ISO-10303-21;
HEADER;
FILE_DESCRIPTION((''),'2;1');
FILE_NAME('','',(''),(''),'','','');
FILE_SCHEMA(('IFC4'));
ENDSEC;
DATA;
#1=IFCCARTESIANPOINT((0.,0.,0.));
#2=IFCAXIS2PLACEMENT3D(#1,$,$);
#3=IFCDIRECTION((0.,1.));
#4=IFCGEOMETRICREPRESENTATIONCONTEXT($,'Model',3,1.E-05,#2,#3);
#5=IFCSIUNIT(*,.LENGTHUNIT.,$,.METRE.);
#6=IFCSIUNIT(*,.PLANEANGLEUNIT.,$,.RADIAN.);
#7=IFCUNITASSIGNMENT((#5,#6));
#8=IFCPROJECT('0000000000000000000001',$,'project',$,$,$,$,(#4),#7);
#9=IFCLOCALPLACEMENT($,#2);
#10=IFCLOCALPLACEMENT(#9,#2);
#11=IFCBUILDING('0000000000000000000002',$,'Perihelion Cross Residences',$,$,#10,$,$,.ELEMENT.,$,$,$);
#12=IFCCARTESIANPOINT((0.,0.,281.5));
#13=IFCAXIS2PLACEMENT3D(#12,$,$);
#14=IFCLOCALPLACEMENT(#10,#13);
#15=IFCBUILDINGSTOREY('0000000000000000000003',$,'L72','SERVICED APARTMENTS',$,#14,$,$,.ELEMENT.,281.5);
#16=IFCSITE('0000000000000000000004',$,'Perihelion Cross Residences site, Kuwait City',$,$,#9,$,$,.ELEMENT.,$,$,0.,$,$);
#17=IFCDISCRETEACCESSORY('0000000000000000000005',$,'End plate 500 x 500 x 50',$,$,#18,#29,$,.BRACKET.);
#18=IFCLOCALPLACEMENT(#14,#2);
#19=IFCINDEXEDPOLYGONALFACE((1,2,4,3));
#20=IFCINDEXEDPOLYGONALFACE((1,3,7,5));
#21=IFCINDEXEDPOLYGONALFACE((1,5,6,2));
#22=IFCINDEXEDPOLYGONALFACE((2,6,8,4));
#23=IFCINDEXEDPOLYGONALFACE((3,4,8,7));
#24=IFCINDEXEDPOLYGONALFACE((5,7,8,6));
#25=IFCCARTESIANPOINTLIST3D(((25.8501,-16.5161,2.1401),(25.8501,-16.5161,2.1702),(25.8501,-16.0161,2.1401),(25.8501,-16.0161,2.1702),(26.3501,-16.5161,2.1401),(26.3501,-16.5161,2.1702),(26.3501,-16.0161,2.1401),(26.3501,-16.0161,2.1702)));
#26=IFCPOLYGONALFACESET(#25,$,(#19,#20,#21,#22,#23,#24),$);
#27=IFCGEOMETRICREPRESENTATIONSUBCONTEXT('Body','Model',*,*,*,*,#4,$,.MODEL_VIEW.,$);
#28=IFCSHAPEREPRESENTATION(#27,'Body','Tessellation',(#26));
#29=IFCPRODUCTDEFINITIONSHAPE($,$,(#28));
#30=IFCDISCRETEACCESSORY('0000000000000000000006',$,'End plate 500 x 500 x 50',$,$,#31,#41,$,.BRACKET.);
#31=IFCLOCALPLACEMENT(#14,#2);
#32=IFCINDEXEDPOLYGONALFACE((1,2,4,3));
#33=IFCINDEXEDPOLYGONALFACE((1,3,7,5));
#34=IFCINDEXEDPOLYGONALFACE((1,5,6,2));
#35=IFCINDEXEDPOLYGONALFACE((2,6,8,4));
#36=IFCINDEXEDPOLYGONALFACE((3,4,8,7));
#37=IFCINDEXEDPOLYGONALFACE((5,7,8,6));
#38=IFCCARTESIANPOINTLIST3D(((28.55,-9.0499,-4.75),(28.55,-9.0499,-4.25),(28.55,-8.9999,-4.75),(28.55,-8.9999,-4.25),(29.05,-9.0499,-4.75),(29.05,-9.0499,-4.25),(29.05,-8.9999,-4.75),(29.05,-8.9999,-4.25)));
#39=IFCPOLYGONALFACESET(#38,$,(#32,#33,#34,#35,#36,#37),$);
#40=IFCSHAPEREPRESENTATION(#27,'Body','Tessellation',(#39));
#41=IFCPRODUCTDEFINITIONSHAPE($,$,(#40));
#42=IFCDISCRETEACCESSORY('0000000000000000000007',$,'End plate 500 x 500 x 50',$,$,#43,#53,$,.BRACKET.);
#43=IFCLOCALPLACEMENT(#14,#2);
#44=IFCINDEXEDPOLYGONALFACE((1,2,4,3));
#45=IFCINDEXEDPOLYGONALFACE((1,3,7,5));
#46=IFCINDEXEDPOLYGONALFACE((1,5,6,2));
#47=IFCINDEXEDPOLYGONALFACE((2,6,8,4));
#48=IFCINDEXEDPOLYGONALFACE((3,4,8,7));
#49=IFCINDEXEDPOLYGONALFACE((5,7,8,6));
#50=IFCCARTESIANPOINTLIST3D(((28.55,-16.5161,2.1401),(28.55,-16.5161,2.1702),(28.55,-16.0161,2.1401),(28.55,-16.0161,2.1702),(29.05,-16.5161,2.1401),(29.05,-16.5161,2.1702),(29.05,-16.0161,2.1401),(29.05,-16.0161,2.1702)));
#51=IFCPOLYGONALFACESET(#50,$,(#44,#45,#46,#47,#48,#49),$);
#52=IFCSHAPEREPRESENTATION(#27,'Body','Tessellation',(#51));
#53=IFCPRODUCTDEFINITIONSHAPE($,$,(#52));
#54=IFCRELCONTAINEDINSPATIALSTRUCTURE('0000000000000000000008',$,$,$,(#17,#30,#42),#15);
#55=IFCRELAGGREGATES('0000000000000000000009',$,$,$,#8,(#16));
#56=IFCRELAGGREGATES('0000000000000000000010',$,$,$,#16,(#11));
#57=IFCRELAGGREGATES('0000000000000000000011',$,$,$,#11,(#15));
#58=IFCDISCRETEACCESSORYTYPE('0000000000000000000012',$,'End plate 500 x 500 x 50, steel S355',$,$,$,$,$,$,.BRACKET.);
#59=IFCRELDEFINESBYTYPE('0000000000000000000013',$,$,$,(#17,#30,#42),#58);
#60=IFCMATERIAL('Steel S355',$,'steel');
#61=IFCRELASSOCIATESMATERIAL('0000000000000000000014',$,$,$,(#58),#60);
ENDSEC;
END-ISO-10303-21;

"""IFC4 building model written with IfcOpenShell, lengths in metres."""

from ifc_helpers import new_model, si_unit, direction, frame, origin, origin_2d, place, context, subcontext, project, spatial, rectangle, extrude, material, type_object, element, save


model = new_model("IFC4")

# Units and contexts
model_context = context("Model", 3, precision=1e-05, world=origin(), true_north=direction((0.0, 1.0)))
body_context = subcontext(model_context, "Body", "Model", "MODEL_VIEW")
ifc_project = project(units=[si_unit("LENGTHUNIT", "METRE"), si_unit("PLANEANGLEUNIT", "RADIAN")], contexts=[model_context])

# Site, building, storey
site_placement = place(None, origin())
site = spatial("IfcSite", under=ifc_project, at=site_placement, Name="Perihelion Cross Residences site, Kuwait City", CompositionType="ELEMENT", RefElevation=0.0)
building_placement = place(site_placement, origin())
building = spatial("IfcBuilding", under=site, at=building_placement, Name="Perihelion Cross Residences", CompositionType="ELEMENT")
storey_placement = place(building_placement, frame((0.0, 0.0, 281.5)))
storey = spatial("IfcBuildingStorey", under=building, at=storey_placement, Name="L72", Description="SERVICED APARTMENTS", CompositionType="ELEMENT", Elevation=281.5)

# Discrete accessories
ifc_material_1 = material(Name="Steel S355", Category="steel")
discrete_accessory_type = type_object("IfcDiscreteAccessoryType", Name="End plate 500 x 500 x 50, steel S355", PredefinedType="BRACKET", material=ifc_material_1)
discrete_accessory_1_placement = place(storey_placement, frame((26.1001, -16.2661, 2.1401), z_axis=(0.0, 0.0, 1.0), x_axis=(1.0, 0.0, 0.0)))
element("IfcDiscreteAccessory", 1, at=discrete_accessory_1_placement, inside=storey, type_object=discrete_accessory_type, Name="End plate 500 x 500 x 50", PredefinedType="BRACKET", context=body_context, shape_type="SweptSolid", body=[
    extrude(rectangle(XDim=0.5, YDim=0.5, at=origin_2d()), origin(), (0.0, 0.0, 1.0), 0.03),
])
discrete_accessory_2_placement = place(storey_placement, frame((28.8, -9.0249, -4.75), z_axis=(0.0, 0.0, 1.0), x_axis=(1.0, 0.0, 0.0)))
element("IfcDiscreteAccessory", 2, at=discrete_accessory_2_placement, inside=storey, type_object=discrete_accessory_type, Name="End plate 500 x 500 x 50", PredefinedType="BRACKET", context=body_context, shape_type="SweptSolid", body=[
    extrude(rectangle(XDim=0.5, YDim=0.05, at=origin_2d()), origin(), (0.0, 0.0, 1.0), 0.5),
])
discrete_accessory_3_placement = place(storey_placement, frame((28.8, -16.2661, 2.1401), z_axis=(0.0, 0.0, 1.0), x_axis=(1.0, 0.0, 0.0)))
element("IfcDiscreteAccessory", 3, at=discrete_accessory_3_placement, inside=storey, type_object=discrete_accessory_type, Name="End plate 500 x 500 x 50", PredefinedType="BRACKET", context=body_context, shape_type="SweptSolid", body=[
    extrude(rectangle(XDim=0.5, YDim=0.5, at=origin_2d()), origin(), (0.0, 0.0, 1.0), 0.03),
])

save(model, "model.ifc")
